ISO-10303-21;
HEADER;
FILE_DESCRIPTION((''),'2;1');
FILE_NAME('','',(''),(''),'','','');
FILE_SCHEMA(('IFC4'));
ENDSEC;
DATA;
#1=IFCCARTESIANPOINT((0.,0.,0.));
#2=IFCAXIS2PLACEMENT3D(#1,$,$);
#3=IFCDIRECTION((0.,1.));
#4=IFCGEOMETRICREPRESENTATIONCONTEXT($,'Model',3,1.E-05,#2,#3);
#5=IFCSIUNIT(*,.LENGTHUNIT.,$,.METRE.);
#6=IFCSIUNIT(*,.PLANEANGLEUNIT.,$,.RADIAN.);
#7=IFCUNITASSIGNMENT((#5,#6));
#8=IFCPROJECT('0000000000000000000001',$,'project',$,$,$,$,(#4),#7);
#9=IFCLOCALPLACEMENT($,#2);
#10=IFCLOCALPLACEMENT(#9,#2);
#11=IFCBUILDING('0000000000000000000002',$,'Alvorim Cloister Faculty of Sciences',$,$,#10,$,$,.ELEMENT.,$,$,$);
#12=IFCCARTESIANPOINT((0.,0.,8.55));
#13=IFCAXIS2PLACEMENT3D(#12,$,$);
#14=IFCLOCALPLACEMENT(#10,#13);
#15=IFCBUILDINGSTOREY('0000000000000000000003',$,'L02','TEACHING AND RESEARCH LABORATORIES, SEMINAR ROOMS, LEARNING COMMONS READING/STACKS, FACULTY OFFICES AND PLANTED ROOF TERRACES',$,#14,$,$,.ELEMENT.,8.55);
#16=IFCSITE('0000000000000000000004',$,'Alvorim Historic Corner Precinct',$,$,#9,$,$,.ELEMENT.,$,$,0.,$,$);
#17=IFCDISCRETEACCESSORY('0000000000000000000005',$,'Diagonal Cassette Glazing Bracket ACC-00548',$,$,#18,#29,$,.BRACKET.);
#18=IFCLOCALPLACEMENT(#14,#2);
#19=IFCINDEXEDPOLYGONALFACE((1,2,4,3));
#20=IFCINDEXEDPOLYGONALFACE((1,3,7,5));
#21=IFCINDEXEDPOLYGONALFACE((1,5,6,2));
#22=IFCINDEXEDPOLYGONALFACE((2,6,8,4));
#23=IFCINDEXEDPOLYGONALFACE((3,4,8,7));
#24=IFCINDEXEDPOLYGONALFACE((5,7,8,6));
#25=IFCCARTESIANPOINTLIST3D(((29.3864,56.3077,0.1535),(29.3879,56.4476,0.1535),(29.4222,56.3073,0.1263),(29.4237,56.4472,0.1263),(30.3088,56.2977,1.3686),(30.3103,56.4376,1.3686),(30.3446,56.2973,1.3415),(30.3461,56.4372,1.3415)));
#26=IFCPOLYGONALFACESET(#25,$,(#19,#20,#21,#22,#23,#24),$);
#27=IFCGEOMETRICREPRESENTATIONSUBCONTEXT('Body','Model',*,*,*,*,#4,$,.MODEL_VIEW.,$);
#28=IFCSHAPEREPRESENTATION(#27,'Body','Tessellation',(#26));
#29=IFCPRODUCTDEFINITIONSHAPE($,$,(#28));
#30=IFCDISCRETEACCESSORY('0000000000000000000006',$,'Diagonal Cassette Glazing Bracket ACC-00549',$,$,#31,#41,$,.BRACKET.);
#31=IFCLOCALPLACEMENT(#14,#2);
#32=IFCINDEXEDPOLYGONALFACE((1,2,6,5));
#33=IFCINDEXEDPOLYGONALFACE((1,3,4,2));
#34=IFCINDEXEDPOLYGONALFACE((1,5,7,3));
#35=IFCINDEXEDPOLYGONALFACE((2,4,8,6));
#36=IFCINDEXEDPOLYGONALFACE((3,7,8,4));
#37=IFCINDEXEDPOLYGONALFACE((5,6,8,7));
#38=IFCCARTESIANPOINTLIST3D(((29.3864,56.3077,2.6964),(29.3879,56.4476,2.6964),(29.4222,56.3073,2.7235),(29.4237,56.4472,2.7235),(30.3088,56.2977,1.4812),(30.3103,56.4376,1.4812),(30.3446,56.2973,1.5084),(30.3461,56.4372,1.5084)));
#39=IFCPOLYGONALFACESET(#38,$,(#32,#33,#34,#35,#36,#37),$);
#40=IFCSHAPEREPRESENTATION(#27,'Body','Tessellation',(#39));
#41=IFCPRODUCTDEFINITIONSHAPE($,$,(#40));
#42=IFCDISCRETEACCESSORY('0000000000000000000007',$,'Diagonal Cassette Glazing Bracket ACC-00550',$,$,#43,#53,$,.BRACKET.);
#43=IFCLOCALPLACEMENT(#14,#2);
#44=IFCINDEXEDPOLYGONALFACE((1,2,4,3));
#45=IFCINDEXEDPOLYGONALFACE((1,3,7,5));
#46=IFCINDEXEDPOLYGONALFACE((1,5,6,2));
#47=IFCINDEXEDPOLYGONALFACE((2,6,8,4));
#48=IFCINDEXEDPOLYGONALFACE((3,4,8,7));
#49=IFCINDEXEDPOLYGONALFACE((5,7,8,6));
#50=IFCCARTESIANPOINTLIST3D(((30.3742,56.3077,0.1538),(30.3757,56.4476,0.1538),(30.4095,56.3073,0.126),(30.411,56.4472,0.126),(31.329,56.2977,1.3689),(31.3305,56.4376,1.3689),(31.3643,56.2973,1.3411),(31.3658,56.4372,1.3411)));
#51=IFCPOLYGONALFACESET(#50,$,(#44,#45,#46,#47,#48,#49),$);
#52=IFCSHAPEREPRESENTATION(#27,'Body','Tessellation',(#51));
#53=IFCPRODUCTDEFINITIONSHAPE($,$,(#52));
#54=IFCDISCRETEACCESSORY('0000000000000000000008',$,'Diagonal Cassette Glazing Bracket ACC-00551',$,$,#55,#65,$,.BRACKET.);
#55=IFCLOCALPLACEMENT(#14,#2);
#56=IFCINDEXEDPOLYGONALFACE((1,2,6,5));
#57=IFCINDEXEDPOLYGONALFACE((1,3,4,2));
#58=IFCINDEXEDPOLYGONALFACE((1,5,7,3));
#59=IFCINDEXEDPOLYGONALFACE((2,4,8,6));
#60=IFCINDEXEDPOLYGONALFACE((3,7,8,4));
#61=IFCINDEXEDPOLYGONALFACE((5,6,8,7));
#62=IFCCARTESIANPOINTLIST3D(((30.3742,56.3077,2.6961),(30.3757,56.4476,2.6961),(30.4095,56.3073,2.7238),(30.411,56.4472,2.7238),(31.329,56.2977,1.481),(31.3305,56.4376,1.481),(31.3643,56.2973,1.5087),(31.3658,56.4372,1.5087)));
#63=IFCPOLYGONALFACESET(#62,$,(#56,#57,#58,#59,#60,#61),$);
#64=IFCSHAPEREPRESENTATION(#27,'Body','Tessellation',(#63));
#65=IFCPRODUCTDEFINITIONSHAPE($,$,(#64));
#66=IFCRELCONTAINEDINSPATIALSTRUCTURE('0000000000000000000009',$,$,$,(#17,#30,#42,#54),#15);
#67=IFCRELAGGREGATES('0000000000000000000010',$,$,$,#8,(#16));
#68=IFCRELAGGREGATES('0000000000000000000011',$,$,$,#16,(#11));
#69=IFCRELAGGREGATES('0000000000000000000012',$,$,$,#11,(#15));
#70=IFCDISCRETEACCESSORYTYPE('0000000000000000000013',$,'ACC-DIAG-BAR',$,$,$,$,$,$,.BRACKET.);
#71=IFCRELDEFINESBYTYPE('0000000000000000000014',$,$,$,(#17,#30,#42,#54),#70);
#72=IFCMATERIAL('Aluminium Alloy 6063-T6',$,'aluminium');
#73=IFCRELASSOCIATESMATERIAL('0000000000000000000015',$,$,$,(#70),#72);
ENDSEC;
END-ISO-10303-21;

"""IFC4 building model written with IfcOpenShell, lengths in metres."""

from ifc_helpers import new_model, si_unit, direction, frame, origin, origin_2d, place, context, subcontext, project, spatial, rectangle, extrude, material, type_object, element, save


model = new_model("IFC4")

# Units and contexts
model_context = context("Model", 3, precision=1e-05, world=origin(), true_north=direction((0.0, 1.0)))
body_context = subcontext(model_context, "Body", "Model", "MODEL_VIEW")
ifc_project = project(units=[si_unit("LENGTHUNIT", "METRE"), si_unit("PLANEANGLEUNIT", "RADIAN")], contexts=[model_context])

# Site, building, storey
site_placement = place(None, origin())
site = spatial("IfcSite", under=ifc_project, at=site_placement, Name="Alvorim Historic Corner Precinct", CompositionType="ELEMENT", RefElevation=0.0)
building_placement = place(site_placement, origin())
building = spatial("IfcBuilding", under=site, at=building_placement, Name="Alvorim Cloister Faculty of Sciences", CompositionType="ELEMENT")
storey_placement = place(building_placement, frame((0.0, 0.0, 8.55)))
storey = spatial("IfcBuildingStorey", under=building, at=storey_placement, Name="L02", Description="TEACHING AND RESEARCH LABORATORIES, SEMINAR ROOMS, LEARNING COMMONS READING/STACKS, FACULTY OFFICES AND PLANTED ROOF TERRACES", CompositionType="ELEMENT", Elevation=8.55)

# Shared definitions
ifc_material_1 = material(Name="Aluminium Alloy 6063-T6", Category="aluminium")

# Discrete accessories
discrete_accessory_type = type_object("IfcDiscreteAccessoryType", Name="ACC-DIAG-BAR", PredefinedType="BRACKET", material=ifc_material_1)
for number, where, z_axis, x_axis, name in (
    (1, (29.405, 56.3774, 0.1399), (0.604612, -0.006561, 0.796493), (0.010852, 0.999941, 0.0), "Diagonal Cassette Glazing Bracket ACC-00548"),
    (2, (29.405, 56.3774, 2.71), (0.604612, -0.006561, -0.796493), (0.010852, 0.999941, 0.0), "Diagonal Cassette Glazing Bracket ACC-00549"),
):
    element("IfcDiscreteAccessory", number, at=place(storey_placement, frame(where, z_axis=z_axis, x_axis=x_axis)), inside=storey, type_object=discrete_accessory_type, Name=name, PredefinedType="BRACKET", context=body_context, shape_type="SweptSolid", body=[
        extrude(rectangle(XDim=0.1399, YDim=0.0449, at=origin_2d()), origin(), (0.0, 0.0, 1.0), 1.5256),
    ])
for number, where, z_axis, x_axis, name in (
    (3, (30.3926, 56.3774, 0.1399), (0.617857, -0.006477, 0.786263), (0.010483, 0.999945, 0.0), "Diagonal Cassette Glazing Bracket ACC-00550"),
    (4, (30.3926, 56.3774, 2.71), (0.617857, -0.006477, -0.786263), (0.010483, 0.999945, 0.0), "Diagonal Cassette Glazing Bracket ACC-00551"),
):
    element("IfcDiscreteAccessory", number, at=place(storey_placement, frame(where, z_axis=z_axis, x_axis=x_axis)), inside=storey, type_object=discrete_accessory_type, Name=name, PredefinedType="BRACKET", context=body_context, shape_type="SweptSolid", body=[
        extrude(rectangle(XDim=0.1399, YDim=0.0449, at=origin_2d()), origin(), (0.0, 0.0, 1.0), 1.5454),
    ])

save(model, "model.ifc")
